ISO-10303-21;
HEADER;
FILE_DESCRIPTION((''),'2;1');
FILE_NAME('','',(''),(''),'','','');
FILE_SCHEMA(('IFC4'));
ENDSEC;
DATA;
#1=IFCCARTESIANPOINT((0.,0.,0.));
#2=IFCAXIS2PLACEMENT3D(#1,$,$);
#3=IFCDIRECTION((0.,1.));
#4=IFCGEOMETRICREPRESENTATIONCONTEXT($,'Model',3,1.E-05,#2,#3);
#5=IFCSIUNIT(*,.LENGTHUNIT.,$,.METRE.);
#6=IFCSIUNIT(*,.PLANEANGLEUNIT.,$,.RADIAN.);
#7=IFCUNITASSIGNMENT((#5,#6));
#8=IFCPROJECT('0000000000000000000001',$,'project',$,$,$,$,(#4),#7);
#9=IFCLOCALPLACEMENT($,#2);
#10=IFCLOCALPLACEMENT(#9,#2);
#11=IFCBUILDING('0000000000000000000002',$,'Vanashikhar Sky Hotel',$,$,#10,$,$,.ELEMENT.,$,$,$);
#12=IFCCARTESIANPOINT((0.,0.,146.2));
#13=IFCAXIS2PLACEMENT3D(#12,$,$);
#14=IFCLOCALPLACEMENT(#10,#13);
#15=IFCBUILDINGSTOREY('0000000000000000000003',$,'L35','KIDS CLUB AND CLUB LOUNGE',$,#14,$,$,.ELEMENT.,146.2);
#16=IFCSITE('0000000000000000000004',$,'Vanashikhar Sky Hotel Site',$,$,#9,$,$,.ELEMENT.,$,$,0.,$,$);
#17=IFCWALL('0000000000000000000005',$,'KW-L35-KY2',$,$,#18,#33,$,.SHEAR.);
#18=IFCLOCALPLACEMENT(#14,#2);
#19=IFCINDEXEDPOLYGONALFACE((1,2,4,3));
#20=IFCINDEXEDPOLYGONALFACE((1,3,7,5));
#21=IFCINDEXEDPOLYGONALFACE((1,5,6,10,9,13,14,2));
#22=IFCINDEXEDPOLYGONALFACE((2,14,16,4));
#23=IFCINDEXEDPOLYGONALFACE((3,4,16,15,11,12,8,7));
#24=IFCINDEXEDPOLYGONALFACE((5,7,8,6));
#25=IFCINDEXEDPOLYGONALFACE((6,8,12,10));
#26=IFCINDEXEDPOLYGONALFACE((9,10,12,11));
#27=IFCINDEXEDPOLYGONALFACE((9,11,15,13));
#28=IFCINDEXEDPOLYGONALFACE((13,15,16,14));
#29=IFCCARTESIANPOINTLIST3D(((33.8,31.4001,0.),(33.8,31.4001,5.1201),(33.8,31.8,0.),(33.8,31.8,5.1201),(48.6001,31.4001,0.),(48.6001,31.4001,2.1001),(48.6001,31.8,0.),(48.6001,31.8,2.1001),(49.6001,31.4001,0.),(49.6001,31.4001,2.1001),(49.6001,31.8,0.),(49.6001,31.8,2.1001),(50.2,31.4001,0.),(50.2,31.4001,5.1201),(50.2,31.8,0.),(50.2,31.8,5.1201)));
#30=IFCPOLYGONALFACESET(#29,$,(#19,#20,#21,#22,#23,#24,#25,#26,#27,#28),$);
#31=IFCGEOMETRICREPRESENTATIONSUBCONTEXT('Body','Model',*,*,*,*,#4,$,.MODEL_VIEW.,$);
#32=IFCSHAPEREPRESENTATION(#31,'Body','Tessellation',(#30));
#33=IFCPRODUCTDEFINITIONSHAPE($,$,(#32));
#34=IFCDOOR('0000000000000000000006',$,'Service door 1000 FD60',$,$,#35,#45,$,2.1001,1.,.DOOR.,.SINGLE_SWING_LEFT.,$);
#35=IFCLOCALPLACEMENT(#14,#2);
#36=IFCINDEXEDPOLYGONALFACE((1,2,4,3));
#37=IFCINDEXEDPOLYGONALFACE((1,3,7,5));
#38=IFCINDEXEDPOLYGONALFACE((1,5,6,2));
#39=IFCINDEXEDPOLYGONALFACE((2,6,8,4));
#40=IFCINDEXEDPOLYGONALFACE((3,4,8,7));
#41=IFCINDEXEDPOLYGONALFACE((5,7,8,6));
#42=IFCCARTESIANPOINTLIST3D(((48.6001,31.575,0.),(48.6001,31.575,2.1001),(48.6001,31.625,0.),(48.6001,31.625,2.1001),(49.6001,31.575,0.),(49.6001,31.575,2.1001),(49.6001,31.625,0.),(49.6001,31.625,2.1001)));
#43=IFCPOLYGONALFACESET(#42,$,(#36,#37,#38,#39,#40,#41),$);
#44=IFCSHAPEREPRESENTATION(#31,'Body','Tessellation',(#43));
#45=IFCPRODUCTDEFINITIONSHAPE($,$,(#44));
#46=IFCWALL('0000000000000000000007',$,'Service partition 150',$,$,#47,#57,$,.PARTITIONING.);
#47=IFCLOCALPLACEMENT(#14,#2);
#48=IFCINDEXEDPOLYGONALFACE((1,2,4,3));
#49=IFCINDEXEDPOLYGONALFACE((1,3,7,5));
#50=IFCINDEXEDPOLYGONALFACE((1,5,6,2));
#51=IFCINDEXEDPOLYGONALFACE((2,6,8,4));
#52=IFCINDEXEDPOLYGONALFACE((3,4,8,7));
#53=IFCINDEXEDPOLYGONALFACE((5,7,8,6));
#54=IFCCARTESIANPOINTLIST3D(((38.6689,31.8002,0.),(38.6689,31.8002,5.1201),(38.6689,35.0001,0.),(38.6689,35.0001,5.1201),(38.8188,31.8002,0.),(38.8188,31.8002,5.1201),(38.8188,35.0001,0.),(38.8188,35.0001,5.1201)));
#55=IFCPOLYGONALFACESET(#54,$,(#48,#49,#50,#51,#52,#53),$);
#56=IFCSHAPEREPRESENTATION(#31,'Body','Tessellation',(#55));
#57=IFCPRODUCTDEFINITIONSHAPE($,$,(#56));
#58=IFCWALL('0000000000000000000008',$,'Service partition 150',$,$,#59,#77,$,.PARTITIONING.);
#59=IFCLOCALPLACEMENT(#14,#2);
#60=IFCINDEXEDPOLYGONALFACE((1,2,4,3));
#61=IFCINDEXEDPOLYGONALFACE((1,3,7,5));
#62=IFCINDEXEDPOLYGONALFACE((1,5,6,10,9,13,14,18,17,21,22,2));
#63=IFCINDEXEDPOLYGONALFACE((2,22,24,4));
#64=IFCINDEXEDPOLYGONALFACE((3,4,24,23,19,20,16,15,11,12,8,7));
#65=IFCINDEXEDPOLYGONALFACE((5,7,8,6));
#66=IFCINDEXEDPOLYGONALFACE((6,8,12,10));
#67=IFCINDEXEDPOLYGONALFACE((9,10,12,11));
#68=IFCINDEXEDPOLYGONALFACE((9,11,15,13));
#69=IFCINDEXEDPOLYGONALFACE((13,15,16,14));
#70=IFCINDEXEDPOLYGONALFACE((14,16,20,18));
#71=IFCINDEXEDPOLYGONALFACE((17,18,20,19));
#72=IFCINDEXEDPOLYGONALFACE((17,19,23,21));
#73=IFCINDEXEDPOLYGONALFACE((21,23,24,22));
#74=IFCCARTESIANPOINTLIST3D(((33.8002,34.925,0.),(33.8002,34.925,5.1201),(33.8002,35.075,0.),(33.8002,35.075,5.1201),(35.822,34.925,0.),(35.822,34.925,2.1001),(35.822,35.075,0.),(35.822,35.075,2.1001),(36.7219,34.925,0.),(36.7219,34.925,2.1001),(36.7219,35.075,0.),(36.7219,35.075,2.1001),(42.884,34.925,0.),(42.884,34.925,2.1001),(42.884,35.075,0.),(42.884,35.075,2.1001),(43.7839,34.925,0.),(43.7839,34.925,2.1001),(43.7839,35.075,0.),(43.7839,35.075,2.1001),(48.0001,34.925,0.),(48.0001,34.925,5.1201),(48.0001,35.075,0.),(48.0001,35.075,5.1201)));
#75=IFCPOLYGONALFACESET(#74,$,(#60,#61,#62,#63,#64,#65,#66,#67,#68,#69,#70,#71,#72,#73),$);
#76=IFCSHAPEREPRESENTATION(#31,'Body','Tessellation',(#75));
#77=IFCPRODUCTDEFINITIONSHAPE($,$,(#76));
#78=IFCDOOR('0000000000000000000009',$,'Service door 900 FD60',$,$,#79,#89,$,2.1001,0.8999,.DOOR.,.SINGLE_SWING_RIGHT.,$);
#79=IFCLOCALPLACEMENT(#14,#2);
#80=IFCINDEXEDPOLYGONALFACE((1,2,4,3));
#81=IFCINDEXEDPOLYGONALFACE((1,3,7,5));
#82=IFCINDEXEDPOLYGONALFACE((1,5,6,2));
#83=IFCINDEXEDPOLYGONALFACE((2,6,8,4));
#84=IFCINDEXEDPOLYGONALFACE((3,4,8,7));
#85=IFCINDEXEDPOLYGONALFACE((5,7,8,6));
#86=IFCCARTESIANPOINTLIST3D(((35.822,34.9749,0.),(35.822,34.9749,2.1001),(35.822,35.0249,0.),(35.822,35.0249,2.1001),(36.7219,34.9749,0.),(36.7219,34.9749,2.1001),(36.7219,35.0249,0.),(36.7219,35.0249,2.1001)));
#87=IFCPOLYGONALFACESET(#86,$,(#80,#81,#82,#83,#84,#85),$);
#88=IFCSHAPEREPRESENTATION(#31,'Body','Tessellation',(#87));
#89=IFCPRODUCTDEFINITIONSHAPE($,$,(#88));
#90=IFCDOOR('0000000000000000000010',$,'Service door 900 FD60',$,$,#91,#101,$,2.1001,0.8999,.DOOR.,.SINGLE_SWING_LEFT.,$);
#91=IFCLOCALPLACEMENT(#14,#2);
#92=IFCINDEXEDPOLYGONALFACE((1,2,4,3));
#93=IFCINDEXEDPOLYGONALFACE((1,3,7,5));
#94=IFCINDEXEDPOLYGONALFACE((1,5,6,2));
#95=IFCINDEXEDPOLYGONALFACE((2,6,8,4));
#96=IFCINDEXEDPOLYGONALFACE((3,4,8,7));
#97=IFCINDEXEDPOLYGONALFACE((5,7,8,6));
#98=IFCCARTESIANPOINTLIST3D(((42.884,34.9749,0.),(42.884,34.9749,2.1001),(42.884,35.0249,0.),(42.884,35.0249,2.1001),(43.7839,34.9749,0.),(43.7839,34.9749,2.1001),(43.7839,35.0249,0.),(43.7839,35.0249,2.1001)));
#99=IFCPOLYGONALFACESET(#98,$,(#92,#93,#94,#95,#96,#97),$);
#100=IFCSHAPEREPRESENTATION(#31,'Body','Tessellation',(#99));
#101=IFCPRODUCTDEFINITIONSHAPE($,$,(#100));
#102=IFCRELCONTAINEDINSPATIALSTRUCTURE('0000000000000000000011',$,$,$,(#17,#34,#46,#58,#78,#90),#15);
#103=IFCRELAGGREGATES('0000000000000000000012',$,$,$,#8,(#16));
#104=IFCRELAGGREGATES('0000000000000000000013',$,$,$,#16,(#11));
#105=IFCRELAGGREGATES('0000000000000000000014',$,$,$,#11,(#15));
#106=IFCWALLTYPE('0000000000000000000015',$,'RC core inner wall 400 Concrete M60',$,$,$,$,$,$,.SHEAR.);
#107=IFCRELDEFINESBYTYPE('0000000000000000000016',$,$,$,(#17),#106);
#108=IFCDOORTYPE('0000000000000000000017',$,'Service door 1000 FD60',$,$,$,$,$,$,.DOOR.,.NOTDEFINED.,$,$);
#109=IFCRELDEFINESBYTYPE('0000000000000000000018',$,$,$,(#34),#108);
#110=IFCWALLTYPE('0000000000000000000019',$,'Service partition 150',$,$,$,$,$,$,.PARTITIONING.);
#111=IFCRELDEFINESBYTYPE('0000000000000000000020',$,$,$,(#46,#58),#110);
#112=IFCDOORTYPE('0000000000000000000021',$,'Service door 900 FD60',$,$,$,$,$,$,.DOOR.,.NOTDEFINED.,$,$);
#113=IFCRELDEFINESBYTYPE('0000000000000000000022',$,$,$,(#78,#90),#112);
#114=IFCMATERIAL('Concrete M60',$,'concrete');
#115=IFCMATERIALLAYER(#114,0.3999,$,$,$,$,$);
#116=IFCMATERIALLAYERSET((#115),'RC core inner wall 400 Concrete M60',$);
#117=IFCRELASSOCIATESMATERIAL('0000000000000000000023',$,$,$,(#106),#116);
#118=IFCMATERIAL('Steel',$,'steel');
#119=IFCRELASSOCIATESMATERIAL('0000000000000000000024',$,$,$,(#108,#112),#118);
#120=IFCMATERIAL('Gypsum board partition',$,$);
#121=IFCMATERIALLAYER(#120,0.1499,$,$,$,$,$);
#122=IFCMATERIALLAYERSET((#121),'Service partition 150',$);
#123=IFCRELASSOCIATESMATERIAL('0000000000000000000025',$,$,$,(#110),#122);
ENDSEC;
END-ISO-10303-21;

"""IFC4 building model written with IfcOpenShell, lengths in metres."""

from ifc_helpers import new_model, si_unit, direction, frame, frame_2d, origin, place, context, subcontext, project, spatial, rectangle, extrude, source, transform, mapped, material, layer, layer_set, type_object, element, fill, save


model = new_model("IFC4")

# Units and contexts
model_context = context("Model", 3, precision=1e-05, world=origin(), true_north=direction((0.0, 1.0)))
body_context = subcontext(model_context, "Body", "Model", "MODEL_VIEW")
ifc_project = project(units=[si_unit("LENGTHUNIT", "METRE"), si_unit("PLANEANGLEUNIT", "RADIAN")], contexts=[model_context])

# Site, building, storey
site_placement = place(None, origin())
site = spatial("IfcSite", under=ifc_project, at=site_placement, Name="Vanashikhar Sky Hotel Site", CompositionType="ELEMENT", RefElevation=0.0)
building_placement = place(site_placement, origin())
building = spatial("IfcBuilding", under=site, at=building_placement, Name="Vanashikhar Sky Hotel", CompositionType="ELEMENT")
storey_placement = place(building_placement, frame((0.0, 0.0, 146.2)))
storey = spatial("IfcBuildingStorey", under=building, at=storey_placement, Name="L35", Description="KIDS CLUB AND CLUB LOUNGE", CompositionType="ELEMENT", Elevation=146.2)

# Wall, opening, door
ifc_material_1 = material(Name="Concrete M60", Category="concrete")
ifc_layer_1 = layer(ifc_material_1, 0.3999)
ifc_layer_set_1 = layer_set([ifc_layer_1], Name="RC core inner wall 400 Concrete M60")
wall_type_1 = type_object("IfcWallType", Name="RC core inner wall 400 Concrete M60", PredefinedType="SHEAR", material=ifc_layer_set_1)
shared_shape_1 = source(origin(), body_context, "Body", "SweptSolid", [
    extrude(rectangle(XDim=16.3999, YDim=0.3999, at=frame_2d((8.2, 0.0))), origin(), (0.0, 0.0, 1.0), 5.1201),
])
wall_1_placement = place(storey_placement, frame((33.8, 31.6001, 0.0), z_axis=(0.0, 0.0, 1.0), x_axis=(1.0, 0.0, 0.0)))
wall_1 = element("IfcWall", 1, at=wall_1_placement, inside=storey, type_object=wall_type_1, Name="KW-L35-KY2", PredefinedType="SHEAR", context=body_context, shape_type="MappedRepresentation", body=[
    mapped(shared_shape_1, transform((0.0, 0.0, 0.0), scale=1.0)),
])
shared_shape_2 = source(origin(), body_context, "Body", "SweptSolid", [
    extrude(rectangle(XDim=1.0, YDim=2.1001, at=frame_2d((0.5, 1.05))), frame((0.0, 0.21, 0.0), z_axis=(0.0, -1.0, 0.0), x_axis=(1.0, 0.0, 0.0)), (0.0, 0.0, 1.0), 0.4199),
])
opening_1_placement = place(wall_1_placement, frame((14.8, 0.0, 0.0)))
opening_1 = element("IfcOpeningElement", 2, at=opening_1_placement, cuts=wall_1, PredefinedType="OPENING", context=body_context, shape_type="MappedRepresentation", body=[
    mapped(shared_shape_2, transform((0.0, 0.0, 0.0), scale=1.0)),
])
ifc_material_2 = material(Name="Steel", Category="steel")
door_type_1 = type_object("IfcDoorType", Name="Service door 1000 FD60", OperationType="NOTDEFINED", PredefinedType="DOOR", material=ifc_material_2)
shared_shape_3 = source(origin(), body_context, "Body", "SweptSolid", [
    extrude(rectangle(XDim=1.0, YDim=2.1001, at=frame_2d((0.5, 1.05))), frame((0.0, 0.0249, 0.0), z_axis=(0.0, -1.0, 0.0), x_axis=(1.0, 0.0, 0.0)), (0.0, 0.0, 1.0), 0.05),
])
door_1_placement = place(opening_1_placement, origin())
door_1 = element("IfcDoor", 3, at=door_1_placement, inside=storey, type_object=door_type_1, Name="Service door 1000 FD60", OperationType="SINGLE_SWING_LEFT", OverallHeight=2.1001, OverallWidth=1.0, PredefinedType="DOOR", context=body_context, shape_type="MappedRepresentation", body=[
    mapped(shared_shape_3, transform((0.0, 0.0, 0.0), scale=1.0)),
])
fill(opening_1, door_1)

# Wall
ifc_material_3 = material(Name="Gypsum board partition")
ifc_layer_2 = layer(ifc_material_3, 0.1499)
ifc_layer_set_2 = layer_set([ifc_layer_2], Name="Service partition 150")
wall_type_2 = type_object("IfcWallType", Name="Service partition 150", PredefinedType="PARTITIONING", material=ifc_layer_set_2)
shared_shape_4 = source(origin(), body_context, "Body", "SweptSolid", [
    extrude(rectangle(XDim=3.2, YDim=0.1499, at=frame_2d((1.6001, 0.0))), origin(), (0.0, 0.0, 1.0), 5.1201),
])
wall_2_placement = place(storey_placement, frame((38.7439, 31.8, 0.0), z_axis=(0.0, 0.0, 1.0), x_axis=(0.0, 1.0, 0.0)))
element("IfcWall", 4, at=wall_2_placement, inside=storey, type_object=wall_type_2, Name="Service partition 150", PredefinedType="PARTITIONING", context=body_context, shape_type="MappedRepresentation", body=[
    mapped(shared_shape_4, transform((0.0, 0.0, 0.0), scale=1.0)),
])

# Wall, openings, doors
shared_shape_5 = source(origin(), body_context, "Body", "SweptSolid", [
    extrude(rectangle(XDim=14.2, YDim=0.1499, at=frame_2d((7.1001, 0.0))), origin(), (0.0, 0.0, 1.0), 5.1201),
])
wall_3_placement = place(storey_placement, frame((33.8, 35.0, 0.0), z_axis=(0.0, 0.0, 1.0), x_axis=(1.0, 0.0, 0.0)))
wall_3 = element("IfcWall", 5, at=wall_3_placement, inside=storey, type_object=wall_type_2, Name="Service partition 150", PredefinedType="PARTITIONING", context=body_context, shape_type="MappedRepresentation", body=[
    mapped(shared_shape_5, transform((0.0, 0.0, 0.0), scale=1.0)),
])
shared_shape_6 = source(origin(), body_context, "Body", "SweptSolid", [
    extrude(rectangle(XDim=0.8999, YDim=2.1001, at=frame_2d((0.45, 1.05))), frame((0.0, 0.085, 0.0), z_axis=(0.0, -1.0, 0.0), x_axis=(1.0, 0.0, 0.0)), (0.0, 0.0, 1.0), 0.1699),
])
opening_2_placement = place(wall_3_placement, frame((2.022, 0.0, 0.0)))
opening_2 = element("IfcOpeningElement", 6, at=opening_2_placement, cuts=wall_3, PredefinedType="OPENING", context=body_context, shape_type="MappedRepresentation", body=[
    mapped(shared_shape_6, transform((0.0, 0.0, 0.0), scale=1.0)),
])
opening_3_placement = place(wall_3_placement, frame((9.084, 0.0, 0.0)))
opening_3 = element("IfcOpeningElement", 7, at=opening_3_placement, cuts=wall_3, PredefinedType="OPENING", context=body_context, shape_type="MappedRepresentation", body=[
    mapped(shared_shape_6, transform((0.0, 0.0, 0.0), scale=1.0)),
])
door_type_2 = type_object("IfcDoorType", Name="Service door 900 FD60", OperationType="NOTDEFINED", PredefinedType="DOOR", material=ifc_material_2)
shared_shape_7 = source(origin(), body_context, "Body", "SweptSolid", [
    extrude(rectangle(XDim=0.8999, YDim=2.1001, at=frame_2d((0.45, 1.05))), frame((0.0, 0.0249, 0.0), z_axis=(0.0, -1.0, 0.0), x_axis=(1.0, 0.0, 0.0)), (0.0, 0.0, 1.0), 0.05),
])
door_2_placement = place(opening_2_placement, origin())
door_2 = element("IfcDoor", 8, at=door_2_placement, inside=storey, type_object=door_type_2, Name="Service door 900 FD60", OperationType="SINGLE_SWING_RIGHT", OverallHeight=2.1001, OverallWidth=0.8999, PredefinedType="DOOR", context=body_context, shape_type="MappedRepresentation", body=[
    mapped(shared_shape_7, transform((0.0, 0.0, 0.0), scale=1.0)),
])
fill(opening_2, door_2)
door_3_placement = place(opening_3_placement, origin())
door_3 = element("IfcDoor", 9, at=door_3_placement, inside=storey, type_object=door_type_2, Name="Service door 900 FD60", OperationType="SINGLE_SWING_LEFT", OverallHeight=2.1001, OverallWidth=0.8999, PredefinedType="DOOR", context=body_context, shape_type="MappedRepresentation", body=[
    mapped(shared_shape_7, transform((0.0, 0.0, 0.0), scale=1.0)),
])
fill(opening_3, door_3)

save(model, "model.ifc")
